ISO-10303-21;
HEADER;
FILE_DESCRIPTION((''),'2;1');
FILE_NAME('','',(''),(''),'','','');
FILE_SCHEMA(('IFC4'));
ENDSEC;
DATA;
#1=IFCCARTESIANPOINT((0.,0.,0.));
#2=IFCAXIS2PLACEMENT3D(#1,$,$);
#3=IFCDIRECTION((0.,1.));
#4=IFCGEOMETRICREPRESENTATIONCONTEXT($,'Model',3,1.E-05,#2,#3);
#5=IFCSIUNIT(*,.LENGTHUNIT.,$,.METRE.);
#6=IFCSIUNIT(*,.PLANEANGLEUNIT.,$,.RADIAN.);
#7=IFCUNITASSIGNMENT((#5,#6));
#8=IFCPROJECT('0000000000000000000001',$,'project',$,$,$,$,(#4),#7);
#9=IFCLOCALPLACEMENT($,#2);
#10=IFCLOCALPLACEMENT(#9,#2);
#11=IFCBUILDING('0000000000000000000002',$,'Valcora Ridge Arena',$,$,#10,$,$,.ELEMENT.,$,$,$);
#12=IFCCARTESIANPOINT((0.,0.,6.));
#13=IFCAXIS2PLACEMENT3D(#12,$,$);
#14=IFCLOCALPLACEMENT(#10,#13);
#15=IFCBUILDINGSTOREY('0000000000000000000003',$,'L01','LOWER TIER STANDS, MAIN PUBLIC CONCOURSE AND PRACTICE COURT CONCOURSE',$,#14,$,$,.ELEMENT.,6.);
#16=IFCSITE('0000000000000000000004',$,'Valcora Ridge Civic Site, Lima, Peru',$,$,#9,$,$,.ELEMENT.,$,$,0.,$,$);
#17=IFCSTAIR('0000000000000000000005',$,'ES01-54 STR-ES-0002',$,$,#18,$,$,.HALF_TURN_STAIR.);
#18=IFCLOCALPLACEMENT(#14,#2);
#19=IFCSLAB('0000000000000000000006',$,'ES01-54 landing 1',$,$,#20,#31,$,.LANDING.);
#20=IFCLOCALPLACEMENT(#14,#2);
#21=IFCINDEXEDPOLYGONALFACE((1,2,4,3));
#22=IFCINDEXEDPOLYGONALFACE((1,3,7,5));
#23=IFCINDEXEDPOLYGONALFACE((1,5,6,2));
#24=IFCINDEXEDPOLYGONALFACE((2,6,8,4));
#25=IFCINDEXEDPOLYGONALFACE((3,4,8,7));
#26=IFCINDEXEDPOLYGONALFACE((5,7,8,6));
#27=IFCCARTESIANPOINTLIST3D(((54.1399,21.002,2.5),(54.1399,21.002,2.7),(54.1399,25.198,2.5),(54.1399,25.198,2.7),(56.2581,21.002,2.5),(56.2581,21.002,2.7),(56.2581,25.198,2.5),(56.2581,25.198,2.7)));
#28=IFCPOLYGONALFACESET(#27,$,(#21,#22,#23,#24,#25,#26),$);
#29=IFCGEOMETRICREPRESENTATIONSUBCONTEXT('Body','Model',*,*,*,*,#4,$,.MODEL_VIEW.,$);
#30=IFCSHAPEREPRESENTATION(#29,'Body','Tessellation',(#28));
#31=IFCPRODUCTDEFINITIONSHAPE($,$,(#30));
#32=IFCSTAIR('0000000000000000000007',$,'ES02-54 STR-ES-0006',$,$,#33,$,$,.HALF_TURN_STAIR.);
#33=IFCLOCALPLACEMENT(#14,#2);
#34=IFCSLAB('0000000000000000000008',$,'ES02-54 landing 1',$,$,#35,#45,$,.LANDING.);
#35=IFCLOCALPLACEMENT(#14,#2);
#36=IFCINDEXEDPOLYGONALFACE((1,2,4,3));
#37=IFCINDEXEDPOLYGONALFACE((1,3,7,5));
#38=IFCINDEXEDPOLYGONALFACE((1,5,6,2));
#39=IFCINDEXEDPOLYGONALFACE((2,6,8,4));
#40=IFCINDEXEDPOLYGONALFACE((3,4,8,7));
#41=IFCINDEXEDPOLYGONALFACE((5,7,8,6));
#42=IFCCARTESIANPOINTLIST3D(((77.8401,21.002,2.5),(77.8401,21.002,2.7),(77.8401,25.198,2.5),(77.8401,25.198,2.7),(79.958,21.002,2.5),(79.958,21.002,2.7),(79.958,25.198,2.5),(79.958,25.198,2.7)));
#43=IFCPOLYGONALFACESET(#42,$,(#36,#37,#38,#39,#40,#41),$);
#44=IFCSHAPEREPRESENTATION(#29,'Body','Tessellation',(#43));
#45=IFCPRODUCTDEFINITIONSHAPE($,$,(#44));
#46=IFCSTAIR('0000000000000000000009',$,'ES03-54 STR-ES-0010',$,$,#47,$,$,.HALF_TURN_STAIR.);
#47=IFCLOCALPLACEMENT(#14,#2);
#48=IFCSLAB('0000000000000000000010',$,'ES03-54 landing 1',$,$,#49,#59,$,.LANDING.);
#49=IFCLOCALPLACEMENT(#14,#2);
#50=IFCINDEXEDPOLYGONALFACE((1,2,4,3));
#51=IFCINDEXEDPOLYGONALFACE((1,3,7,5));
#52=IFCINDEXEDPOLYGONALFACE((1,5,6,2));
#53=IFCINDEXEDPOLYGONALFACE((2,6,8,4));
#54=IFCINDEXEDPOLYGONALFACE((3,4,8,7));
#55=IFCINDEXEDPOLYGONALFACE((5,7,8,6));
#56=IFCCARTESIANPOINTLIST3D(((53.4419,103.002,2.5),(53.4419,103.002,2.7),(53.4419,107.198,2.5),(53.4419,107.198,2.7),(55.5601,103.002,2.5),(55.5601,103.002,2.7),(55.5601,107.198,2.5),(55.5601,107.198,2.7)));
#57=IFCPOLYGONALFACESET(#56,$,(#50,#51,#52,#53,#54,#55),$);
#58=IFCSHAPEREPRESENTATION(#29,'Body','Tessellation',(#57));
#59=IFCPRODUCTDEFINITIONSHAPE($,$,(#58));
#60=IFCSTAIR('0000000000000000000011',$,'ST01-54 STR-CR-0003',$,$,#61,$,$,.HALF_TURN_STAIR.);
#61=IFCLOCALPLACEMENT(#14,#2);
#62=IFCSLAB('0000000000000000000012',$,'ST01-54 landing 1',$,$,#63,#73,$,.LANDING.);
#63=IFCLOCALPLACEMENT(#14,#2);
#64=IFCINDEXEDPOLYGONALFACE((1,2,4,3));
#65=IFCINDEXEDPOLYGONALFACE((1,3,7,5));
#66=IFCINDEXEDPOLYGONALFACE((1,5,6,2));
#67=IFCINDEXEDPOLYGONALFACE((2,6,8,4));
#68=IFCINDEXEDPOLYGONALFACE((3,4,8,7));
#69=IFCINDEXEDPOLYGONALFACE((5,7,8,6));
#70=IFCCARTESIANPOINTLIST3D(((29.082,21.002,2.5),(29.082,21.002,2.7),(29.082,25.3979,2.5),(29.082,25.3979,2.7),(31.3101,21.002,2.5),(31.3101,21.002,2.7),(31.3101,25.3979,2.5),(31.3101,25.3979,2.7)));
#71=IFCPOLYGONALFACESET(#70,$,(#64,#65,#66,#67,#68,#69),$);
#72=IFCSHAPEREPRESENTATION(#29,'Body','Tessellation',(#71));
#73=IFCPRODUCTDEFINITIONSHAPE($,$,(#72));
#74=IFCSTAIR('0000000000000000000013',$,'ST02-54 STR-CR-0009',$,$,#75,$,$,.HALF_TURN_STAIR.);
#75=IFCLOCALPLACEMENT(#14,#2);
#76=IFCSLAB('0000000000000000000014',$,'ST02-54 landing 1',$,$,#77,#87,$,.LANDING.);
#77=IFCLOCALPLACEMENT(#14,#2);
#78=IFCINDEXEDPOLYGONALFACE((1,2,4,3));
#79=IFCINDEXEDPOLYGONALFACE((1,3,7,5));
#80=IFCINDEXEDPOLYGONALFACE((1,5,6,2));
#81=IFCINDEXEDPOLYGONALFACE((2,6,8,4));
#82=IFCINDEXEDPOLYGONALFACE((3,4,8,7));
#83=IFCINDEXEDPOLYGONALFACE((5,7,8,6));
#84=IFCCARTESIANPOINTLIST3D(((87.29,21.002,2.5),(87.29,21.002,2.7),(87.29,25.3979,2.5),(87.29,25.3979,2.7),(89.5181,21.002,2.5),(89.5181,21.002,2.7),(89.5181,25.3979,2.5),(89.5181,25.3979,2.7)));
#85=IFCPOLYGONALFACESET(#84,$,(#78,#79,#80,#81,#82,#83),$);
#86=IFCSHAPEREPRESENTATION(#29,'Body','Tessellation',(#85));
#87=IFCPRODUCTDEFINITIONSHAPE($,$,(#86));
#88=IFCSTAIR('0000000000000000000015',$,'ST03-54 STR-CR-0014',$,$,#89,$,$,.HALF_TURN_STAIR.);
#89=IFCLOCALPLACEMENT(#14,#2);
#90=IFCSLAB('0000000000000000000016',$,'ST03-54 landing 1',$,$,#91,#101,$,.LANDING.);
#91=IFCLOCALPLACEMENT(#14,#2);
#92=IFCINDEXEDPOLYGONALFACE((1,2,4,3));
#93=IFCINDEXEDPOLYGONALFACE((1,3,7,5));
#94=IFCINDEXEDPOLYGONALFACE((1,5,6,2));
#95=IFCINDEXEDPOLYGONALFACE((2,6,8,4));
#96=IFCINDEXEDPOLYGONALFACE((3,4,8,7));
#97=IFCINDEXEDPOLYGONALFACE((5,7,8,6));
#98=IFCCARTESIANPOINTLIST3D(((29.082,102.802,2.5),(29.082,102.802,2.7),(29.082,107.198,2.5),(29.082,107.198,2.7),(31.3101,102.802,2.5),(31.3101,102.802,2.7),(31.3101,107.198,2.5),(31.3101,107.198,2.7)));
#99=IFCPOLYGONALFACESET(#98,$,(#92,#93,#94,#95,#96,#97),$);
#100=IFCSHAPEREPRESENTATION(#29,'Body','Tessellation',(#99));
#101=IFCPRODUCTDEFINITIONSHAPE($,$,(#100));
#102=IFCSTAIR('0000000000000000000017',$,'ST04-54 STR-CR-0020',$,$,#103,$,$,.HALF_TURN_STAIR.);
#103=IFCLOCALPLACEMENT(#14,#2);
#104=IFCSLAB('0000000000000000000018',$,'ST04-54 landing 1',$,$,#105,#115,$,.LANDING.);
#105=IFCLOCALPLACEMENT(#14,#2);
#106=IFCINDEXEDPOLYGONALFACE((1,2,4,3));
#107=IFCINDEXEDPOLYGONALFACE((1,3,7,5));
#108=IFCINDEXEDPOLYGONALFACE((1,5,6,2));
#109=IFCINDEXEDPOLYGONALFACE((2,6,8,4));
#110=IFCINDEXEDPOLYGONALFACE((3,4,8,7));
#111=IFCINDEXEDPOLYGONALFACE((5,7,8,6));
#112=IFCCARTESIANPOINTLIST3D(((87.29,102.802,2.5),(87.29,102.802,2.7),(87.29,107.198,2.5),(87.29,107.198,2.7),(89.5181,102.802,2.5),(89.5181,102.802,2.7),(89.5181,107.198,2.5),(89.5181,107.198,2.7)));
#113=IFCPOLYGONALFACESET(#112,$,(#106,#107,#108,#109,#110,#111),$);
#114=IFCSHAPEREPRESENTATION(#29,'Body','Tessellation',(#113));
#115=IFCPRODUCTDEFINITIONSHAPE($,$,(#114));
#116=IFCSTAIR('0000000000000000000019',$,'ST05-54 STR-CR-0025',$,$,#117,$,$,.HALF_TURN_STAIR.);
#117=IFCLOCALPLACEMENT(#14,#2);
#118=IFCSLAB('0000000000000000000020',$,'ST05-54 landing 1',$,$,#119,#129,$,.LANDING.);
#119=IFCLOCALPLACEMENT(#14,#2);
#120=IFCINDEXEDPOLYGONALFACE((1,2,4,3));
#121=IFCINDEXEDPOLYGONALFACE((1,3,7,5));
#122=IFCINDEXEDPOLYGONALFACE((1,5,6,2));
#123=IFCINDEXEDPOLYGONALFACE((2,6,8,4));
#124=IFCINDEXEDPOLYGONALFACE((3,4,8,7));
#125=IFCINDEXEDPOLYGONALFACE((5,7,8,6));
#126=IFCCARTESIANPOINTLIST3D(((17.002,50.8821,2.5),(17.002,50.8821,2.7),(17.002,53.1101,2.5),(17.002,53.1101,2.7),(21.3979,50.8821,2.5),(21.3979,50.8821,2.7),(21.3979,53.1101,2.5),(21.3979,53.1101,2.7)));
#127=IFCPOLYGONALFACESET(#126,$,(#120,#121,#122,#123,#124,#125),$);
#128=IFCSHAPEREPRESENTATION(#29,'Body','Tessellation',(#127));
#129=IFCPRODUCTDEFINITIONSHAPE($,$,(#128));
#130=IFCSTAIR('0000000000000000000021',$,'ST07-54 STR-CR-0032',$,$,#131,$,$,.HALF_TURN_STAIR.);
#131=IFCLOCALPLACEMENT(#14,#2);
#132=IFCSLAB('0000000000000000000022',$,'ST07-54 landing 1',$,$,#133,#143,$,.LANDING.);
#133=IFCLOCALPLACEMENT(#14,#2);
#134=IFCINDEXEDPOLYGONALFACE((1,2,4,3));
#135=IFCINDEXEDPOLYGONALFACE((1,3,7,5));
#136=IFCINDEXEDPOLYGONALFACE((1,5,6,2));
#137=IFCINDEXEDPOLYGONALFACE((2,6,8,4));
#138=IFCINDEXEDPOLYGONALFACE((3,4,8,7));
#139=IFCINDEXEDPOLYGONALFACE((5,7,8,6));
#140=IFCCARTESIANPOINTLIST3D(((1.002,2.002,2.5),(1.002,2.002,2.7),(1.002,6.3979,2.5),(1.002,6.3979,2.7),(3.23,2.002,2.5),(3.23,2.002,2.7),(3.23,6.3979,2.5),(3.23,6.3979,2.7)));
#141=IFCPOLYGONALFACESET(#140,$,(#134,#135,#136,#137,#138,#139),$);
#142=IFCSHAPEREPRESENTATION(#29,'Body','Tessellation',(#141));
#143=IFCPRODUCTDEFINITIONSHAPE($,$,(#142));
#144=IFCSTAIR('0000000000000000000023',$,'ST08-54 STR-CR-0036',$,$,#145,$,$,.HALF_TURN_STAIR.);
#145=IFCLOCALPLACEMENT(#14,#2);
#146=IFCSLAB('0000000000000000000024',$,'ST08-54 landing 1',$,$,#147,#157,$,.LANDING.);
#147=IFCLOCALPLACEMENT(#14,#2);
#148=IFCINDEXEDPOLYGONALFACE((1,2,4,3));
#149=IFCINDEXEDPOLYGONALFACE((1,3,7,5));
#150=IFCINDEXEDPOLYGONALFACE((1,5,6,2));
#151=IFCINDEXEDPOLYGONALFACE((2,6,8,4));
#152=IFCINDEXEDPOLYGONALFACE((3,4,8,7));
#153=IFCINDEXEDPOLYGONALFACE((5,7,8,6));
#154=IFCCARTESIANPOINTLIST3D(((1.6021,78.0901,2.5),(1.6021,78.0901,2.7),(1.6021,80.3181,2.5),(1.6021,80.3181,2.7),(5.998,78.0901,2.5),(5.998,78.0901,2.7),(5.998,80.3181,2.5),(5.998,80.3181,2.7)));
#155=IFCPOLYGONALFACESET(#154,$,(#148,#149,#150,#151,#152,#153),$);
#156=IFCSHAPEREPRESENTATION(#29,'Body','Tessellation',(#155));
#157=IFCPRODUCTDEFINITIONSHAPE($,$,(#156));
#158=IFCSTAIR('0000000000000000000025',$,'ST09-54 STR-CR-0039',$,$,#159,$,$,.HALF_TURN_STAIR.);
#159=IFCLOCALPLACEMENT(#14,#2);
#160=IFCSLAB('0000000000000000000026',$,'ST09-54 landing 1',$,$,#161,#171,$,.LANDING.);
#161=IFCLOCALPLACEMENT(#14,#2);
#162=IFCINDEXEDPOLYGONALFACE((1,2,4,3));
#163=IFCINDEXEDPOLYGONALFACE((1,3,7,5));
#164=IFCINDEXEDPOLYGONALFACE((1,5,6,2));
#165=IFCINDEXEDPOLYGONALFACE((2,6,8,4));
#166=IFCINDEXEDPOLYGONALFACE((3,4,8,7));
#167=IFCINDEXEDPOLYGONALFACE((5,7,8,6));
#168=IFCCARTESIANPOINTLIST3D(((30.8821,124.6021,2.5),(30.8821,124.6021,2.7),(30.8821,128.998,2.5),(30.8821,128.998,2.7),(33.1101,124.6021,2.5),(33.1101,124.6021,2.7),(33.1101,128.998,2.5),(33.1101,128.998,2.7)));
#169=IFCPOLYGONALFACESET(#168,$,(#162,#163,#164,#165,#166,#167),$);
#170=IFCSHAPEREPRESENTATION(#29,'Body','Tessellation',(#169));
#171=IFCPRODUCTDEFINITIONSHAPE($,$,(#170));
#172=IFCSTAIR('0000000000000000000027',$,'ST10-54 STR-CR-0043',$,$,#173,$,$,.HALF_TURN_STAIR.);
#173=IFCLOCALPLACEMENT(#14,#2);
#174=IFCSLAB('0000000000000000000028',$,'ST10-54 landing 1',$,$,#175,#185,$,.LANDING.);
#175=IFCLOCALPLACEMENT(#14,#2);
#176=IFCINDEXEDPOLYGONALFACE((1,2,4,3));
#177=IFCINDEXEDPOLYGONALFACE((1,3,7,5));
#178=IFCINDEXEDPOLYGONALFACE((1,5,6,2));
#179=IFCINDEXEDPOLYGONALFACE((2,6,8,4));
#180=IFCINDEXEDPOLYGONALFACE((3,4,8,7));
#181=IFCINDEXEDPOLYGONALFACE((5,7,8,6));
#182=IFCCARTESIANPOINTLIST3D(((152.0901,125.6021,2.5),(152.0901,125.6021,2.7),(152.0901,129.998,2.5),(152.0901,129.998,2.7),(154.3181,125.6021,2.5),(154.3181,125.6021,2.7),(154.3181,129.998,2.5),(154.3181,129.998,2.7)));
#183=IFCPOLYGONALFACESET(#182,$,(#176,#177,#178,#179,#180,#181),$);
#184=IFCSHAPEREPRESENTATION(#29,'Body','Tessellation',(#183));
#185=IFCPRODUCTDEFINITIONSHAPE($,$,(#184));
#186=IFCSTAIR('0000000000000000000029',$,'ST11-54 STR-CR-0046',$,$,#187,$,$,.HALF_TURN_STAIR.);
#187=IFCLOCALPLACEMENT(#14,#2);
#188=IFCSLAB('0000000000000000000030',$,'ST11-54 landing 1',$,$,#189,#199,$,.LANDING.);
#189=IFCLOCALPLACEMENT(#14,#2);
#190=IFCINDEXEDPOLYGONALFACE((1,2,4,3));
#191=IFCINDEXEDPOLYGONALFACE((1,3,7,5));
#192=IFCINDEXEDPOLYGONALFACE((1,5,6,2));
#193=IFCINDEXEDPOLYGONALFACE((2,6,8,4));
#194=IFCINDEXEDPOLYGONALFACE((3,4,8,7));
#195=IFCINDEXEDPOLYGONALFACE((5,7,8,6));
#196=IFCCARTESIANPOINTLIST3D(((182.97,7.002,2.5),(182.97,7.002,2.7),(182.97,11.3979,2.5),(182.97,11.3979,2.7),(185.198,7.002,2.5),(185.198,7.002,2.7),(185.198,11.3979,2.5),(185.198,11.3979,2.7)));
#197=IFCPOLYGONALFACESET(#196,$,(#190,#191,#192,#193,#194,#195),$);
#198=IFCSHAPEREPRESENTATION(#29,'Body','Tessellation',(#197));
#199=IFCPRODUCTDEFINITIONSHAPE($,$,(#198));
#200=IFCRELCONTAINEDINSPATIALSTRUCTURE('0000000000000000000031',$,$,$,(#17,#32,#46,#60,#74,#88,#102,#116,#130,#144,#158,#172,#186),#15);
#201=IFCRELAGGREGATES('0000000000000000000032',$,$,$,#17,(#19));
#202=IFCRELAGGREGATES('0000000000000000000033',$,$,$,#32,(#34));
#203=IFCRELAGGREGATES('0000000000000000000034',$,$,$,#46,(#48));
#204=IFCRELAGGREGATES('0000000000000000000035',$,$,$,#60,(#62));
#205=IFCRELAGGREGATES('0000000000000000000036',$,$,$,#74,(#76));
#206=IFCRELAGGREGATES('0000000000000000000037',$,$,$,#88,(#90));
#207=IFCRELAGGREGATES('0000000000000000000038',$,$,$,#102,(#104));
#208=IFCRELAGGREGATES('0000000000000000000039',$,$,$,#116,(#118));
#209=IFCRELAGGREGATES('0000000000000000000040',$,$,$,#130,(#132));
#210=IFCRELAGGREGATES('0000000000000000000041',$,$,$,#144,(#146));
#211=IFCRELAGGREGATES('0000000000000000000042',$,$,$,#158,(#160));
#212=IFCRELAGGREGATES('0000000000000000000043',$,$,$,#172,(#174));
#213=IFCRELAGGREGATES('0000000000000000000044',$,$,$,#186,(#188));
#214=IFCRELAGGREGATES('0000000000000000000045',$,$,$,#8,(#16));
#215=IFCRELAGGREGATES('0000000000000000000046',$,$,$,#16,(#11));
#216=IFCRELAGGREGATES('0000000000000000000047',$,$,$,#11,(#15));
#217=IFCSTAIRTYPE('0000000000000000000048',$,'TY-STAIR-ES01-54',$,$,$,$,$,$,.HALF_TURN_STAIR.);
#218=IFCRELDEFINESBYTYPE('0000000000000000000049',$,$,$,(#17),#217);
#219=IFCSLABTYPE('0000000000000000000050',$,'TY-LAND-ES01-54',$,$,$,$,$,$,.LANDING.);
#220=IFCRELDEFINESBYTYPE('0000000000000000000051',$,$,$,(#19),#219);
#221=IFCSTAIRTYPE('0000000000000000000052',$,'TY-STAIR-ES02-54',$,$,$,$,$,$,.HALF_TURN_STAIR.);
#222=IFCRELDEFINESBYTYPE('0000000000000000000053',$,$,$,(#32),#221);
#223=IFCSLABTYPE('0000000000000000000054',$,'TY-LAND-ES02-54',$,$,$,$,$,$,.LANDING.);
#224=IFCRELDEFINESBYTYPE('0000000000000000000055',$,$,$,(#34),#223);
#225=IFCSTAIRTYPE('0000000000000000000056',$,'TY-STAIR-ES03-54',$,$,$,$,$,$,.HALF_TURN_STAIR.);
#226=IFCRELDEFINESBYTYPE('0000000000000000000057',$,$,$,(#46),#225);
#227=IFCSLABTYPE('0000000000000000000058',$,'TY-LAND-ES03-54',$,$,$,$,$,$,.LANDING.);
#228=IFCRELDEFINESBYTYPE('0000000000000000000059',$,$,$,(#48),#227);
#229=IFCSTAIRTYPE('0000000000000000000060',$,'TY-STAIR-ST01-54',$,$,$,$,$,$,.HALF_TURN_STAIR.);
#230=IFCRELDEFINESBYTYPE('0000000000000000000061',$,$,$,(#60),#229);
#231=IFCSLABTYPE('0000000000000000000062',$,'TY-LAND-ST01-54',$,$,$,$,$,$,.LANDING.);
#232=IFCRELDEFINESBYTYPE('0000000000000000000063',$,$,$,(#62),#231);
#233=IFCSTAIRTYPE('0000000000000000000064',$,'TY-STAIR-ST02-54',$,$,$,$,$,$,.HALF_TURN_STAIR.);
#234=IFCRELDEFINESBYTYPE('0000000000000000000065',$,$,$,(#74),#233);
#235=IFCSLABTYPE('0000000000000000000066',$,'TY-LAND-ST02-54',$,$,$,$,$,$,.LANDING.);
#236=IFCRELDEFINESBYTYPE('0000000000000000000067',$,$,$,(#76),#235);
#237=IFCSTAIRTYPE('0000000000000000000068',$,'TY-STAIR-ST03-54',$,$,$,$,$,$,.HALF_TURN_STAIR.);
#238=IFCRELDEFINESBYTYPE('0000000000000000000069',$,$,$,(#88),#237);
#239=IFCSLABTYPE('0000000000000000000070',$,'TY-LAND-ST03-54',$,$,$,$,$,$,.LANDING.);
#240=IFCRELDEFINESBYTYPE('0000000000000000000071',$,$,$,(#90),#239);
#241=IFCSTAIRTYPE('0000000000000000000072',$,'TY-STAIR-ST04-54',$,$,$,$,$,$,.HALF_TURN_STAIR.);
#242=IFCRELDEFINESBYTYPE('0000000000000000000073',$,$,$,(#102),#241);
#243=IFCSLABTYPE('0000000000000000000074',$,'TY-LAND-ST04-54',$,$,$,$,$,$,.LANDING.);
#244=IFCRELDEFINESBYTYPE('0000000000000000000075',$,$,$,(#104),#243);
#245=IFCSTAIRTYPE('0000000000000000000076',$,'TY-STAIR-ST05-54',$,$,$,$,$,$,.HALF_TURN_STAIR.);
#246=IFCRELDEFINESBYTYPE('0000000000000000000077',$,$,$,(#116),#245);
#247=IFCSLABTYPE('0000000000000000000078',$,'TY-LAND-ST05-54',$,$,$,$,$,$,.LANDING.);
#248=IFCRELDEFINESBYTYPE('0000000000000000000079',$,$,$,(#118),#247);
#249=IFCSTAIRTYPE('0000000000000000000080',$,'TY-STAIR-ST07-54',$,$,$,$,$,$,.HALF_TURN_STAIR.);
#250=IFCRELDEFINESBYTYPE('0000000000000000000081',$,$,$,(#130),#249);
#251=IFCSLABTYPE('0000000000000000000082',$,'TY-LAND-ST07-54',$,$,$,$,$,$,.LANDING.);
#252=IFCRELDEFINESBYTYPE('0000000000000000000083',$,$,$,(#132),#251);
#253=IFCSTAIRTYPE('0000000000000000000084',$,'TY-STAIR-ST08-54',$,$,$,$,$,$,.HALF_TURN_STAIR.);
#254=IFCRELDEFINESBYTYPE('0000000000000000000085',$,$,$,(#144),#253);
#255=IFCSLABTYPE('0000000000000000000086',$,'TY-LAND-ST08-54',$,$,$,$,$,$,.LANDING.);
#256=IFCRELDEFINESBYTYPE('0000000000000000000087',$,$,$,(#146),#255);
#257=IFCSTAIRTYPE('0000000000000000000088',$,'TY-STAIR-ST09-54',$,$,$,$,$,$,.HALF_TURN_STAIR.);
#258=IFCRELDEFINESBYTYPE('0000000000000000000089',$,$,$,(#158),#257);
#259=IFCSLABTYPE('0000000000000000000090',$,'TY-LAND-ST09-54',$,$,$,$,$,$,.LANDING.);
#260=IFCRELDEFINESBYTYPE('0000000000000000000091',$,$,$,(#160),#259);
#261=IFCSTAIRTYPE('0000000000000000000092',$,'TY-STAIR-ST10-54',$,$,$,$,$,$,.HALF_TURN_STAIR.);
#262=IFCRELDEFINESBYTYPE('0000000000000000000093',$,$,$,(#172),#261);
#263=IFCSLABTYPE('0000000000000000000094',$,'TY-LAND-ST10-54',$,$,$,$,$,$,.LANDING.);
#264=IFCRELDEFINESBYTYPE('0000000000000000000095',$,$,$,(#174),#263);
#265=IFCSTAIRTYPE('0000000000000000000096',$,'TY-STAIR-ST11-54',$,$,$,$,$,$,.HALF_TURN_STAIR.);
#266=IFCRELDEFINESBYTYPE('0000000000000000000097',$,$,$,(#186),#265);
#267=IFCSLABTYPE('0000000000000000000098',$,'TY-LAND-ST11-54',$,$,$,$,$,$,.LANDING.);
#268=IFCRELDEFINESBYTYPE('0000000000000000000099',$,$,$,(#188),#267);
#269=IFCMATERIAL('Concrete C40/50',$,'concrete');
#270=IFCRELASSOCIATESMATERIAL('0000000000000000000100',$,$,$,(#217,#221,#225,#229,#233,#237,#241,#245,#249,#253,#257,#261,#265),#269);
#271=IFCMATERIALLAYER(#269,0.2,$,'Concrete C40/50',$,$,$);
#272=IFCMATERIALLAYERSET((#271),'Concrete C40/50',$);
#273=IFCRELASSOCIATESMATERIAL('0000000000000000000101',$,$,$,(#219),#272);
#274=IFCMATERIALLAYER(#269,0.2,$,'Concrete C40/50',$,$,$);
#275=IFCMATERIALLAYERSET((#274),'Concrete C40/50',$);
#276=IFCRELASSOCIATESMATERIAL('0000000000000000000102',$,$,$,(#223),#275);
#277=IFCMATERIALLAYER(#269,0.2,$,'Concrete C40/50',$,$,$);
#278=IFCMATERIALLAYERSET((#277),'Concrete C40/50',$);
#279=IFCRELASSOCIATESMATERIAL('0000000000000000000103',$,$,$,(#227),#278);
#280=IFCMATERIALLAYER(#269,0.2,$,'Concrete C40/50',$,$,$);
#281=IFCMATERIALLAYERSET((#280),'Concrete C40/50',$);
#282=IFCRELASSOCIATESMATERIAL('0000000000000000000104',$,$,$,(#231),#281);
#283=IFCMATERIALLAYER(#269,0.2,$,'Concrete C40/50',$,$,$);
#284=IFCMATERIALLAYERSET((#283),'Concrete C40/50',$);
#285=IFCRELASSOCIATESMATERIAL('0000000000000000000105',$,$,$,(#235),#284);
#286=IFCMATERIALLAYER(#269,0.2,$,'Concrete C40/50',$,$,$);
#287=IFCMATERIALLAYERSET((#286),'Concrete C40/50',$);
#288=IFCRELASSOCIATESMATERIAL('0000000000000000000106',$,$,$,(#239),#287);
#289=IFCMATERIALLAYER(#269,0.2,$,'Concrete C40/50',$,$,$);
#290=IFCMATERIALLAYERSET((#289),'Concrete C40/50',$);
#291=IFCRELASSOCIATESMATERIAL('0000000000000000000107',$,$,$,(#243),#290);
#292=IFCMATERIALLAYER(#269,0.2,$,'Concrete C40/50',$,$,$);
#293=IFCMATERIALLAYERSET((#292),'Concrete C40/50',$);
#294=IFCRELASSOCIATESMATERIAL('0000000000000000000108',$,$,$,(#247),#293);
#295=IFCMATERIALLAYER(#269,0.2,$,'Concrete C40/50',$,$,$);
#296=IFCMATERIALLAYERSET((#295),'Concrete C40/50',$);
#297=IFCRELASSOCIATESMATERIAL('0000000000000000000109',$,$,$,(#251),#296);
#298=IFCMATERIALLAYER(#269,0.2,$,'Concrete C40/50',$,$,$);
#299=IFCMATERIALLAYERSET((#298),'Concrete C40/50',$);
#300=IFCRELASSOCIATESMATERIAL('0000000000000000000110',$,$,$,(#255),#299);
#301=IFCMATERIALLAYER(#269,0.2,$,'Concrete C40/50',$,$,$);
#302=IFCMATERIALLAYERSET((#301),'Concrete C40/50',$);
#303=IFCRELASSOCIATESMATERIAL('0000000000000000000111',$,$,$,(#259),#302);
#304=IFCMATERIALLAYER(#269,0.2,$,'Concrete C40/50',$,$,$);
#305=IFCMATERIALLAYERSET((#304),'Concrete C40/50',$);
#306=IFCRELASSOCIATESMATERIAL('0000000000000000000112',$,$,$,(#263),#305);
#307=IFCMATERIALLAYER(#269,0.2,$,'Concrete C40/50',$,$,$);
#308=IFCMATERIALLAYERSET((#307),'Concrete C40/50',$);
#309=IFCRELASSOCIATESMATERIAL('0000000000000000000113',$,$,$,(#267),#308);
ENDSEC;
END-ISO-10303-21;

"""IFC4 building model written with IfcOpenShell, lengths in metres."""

from ifc_helpers import new_model, si_unit, direction, frame, origin, place, context, subcontext, project, spatial, polyline, outline, extrude, material, layer, layer_set, type_object, element, aggregate, save


model = new_model("IFC4")

# Units and contexts
model_context = context("Model", 3, precision=1e-05, world=origin(), true_north=direction((0.0, 1.0)))
body_context = subcontext(model_context, "Body", "Model", "MODEL_VIEW")
ifc_project = project(units=[si_unit("LENGTHUNIT", "METRE"), si_unit("PLANEANGLEUNIT", "RADIAN")], contexts=[model_context])

# Site, building, storey
site_placement = place(None, origin())
site = spatial("IfcSite", under=ifc_project, at=site_placement, Name="Valcora Ridge Civic Site, Lima, Peru", CompositionType="ELEMENT", RefElevation=0.0)
building_placement = place(site_placement, origin())
building = spatial("IfcBuilding", under=site, at=building_placement, Name="Valcora Ridge Arena", CompositionType="ELEMENT")
storey_placement = place(building_placement, frame((0.0, 0.0, 6.0)))
storey = spatial("IfcBuildingStorey", under=building, at=storey_placement, Name="L01", Description="LOWER TIER STANDS, MAIN PUBLIC CONCOURSE AND PRACTICE COURT CONCOURSE", CompositionType="ELEMENT", Elevation=6.0)

# Stairs, slabs
ifc_material_1 = material(Name="Concrete C40/50", Category="concrete")
stair_type_1 = type_object("IfcStairType", Name="TY-STAIR-ES01-54", PredefinedType="HALF_TURN_STAIR", material=ifc_material_1)
stair_1_placement = place(storey_placement, origin())
stair_1 = element("IfcStair", 1, at=stair_1_placement, inside=storey, type_object=stair_type_1, Name="ES01-54 STR-ES-0002", PredefinedType="HALF_TURN_STAIR")
ifc_layer_1 = layer(ifc_material_1, 0.2, Name="Concrete C40/50")
ifc_layer_set_1 = layer_set([ifc_layer_1], Name="Concrete C40/50")
slab_type_1 = type_object("IfcSlabType", Name="TY-LAND-ES01-54", PredefinedType="LANDING", material=ifc_layer_set_1)
slab_1_placement = place(storey_placement, frame((0.0, 0.0, 2.5)))
slab_1 = element("IfcSlab", 2, at=slab_1_placement, type_object=slab_type_1, Name="ES01-54 landing 1", PredefinedType="LANDING", context=body_context, shape_type="SweptSolid", body=[
    extrude(outline(polyline([(54.1399, 21.002), (56.2581, 21.002), (56.2581, 25.198), (54.1399, 25.198), (54.1399, 21.002)])), origin(), (0.0, 0.0, 1.0), 0.2),
])
aggregate(stair_1, [slab_1])
stair_type_2 = type_object("IfcStairType", Name="TY-STAIR-ES02-54", PredefinedType="HALF_TURN_STAIR", material=ifc_material_1)
stair_2_placement = place(storey_placement, origin())
stair_2 = element("IfcStair", 3, at=stair_2_placement, inside=storey, type_object=stair_type_2, Name="ES02-54 STR-ES-0006", PredefinedType="HALF_TURN_STAIR")
ifc_layer_2 = layer(ifc_material_1, 0.2, Name="Concrete C40/50")
ifc_layer_set_2 = layer_set([ifc_layer_2], Name="Concrete C40/50")
slab_type_2 = type_object("IfcSlabType", Name="TY-LAND-ES02-54", PredefinedType="LANDING", material=ifc_layer_set_2)
slab_2_placement = place(storey_placement, frame((0.0, 0.0, 2.5)))
slab_2 = element("IfcSlab", 4, at=slab_2_placement, type_object=slab_type_2, Name="ES02-54 landing 1", PredefinedType="LANDING", context=body_context, shape_type="SweptSolid", body=[
    extrude(outline(polyline([(77.8401, 21.002), (79.958, 21.002), (79.958, 25.198), (77.8401, 25.198), (77.8401, 21.002)])), origin(), (0.0, 0.0, 1.0), 0.2),
])
aggregate(stair_2, [slab_2])
stair_type_3 = type_object("IfcStairType", Name="TY-STAIR-ES03-54", PredefinedType="HALF_TURN_STAIR", material=ifc_material_1)
stair_3_placement = place(storey_placement, origin())
stair_3 = element("IfcStair", 5, at=stair_3_placement, inside=storey, type_object=stair_type_3, Name="ES03-54 STR-ES-0010", PredefinedType="HALF_TURN_STAIR")
ifc_layer_3 = layer(ifc_material_1, 0.2, Name="Concrete C40/50")
ifc_layer_set_3 = layer_set([ifc_layer_3], Name="Concrete C40/50")
slab_type_3 = type_object("IfcSlabType", Name="TY-LAND-ES03-54", PredefinedType="LANDING", material=ifc_layer_set_3)
slab_3_placement = place(storey_placement, frame((0.0, 0.0, 2.5)))
slab_3 = element("IfcSlab", 6, at=slab_3_placement, type_object=slab_type_3, Name="ES03-54 landing 1", PredefinedType="LANDING", context=body_context, shape_type="SweptSolid", body=[
    extrude(outline(polyline([(53.4419, 103.002), (55.5601, 103.002), (55.5601, 107.198), (53.4419, 107.198), (53.4419, 103.002)])), origin(), (0.0, 0.0, 1.0), 0.2),
])
aggregate(stair_3, [slab_3])
stair_type_4 = type_object("IfcStairType", Name="TY-STAIR-ST01-54", PredefinedType="HALF_TURN_STAIR", material=ifc_material_1)
stair_4_placement = place(storey_placement, origin())
stair_4 = element("IfcStair", 7, at=stair_4_placement, inside=storey, type_object=stair_type_4, Name="ST01-54 STR-CR-0003", PredefinedType="HALF_TURN_STAIR")
ifc_layer_4 = layer(ifc_material_1, 0.2, Name="Concrete C40/50")
ifc_layer_set_4 = layer_set([ifc_layer_4], Name="Concrete C40/50")
slab_type_4 = type_object("IfcSlabType", Name="TY-LAND-ST01-54", PredefinedType="LANDING", material=ifc_layer_set_4)
slab_4_placement = place(storey_placement, frame((0.0, 0.0, 2.5)))
slab_4 = element("IfcSlab", 8, at=slab_4_placement, type_object=slab_type_4, Name="ST01-54 landing 1", PredefinedType="LANDING", context=body_context, shape_type="SweptSolid", body=[
    extrude(outline(polyline([(29.082, 21.002), (31.3101, 21.002), (31.3101, 25.3979), (29.082, 25.3979), (29.082, 21.002)])), origin(), (0.0, 0.0, 1.0), 0.2),
])
aggregate(stair_4, [slab_4])
stair_type_5 = type_object("IfcStairType", Name="TY-STAIR-ST02-54", PredefinedType="HALF_TURN_STAIR", material=ifc_material_1)
stair_5_placement = place(storey_placement, origin())
stair_5 = element("IfcStair", 9, at=stair_5_placement, inside=storey, type_object=stair_type_5, Name="ST02-54 STR-CR-0009", PredefinedType="HALF_TURN_STAIR")
ifc_layer_5 = layer(ifc_material_1, 0.2, Name="Concrete C40/50")
ifc_layer_set_5 = layer_set([ifc_layer_5], Name="Concrete C40/50")
slab_type_5 = type_object("IfcSlabType", Name="TY-LAND-ST02-54", PredefinedType="LANDING", material=ifc_layer_set_5)
slab_5_placement = place(storey_placement, frame((0.0, 0.0, 2.5)))
slab_5 = element("IfcSlab", 10, at=slab_5_placement, type_object=slab_type_5, Name="ST02-54 landing 1", PredefinedType="LANDING", context=body_context, shape_type="SweptSolid", body=[
    extrude(outline(polyline([(87.29, 21.002), (89.5181, 21.002), (89.5181, 25.3979), (87.29, 25.3979), (87.29, 21.002)])), origin(), (0.0, 0.0, 1.0), 0.2),
])
aggregate(stair_5, [slab_5])
stair_type_6 = type_object("IfcStairType", Name="TY-STAIR-ST03-54", PredefinedType="HALF_TURN_STAIR", material=ifc_material_1)
stair_6_placement = place(storey_placement, origin())
stair_6 = element("IfcStair", 11, at=stair_6_placement, inside=storey, type_object=stair_type_6, Name="ST03-54 STR-CR-0014", PredefinedType="HALF_TURN_STAIR")
ifc_layer_6 = layer(ifc_material_1, 0.2, Name="Concrete C40/50")
ifc_layer_set_6 = layer_set([ifc_layer_6], Name="Concrete C40/50")
slab_type_6 = type_object("IfcSlabType", Name="TY-LAND-ST03-54", PredefinedType="LANDING", material=ifc_layer_set_6)
slab_6_placement = place(storey_placement, frame((0.0, 0.0, 2.5)))
slab_6 = element("IfcSlab", 12, at=slab_6_placement, type_object=slab_type_6, Name="ST03-54 landing 1", PredefinedType="LANDING", context=body_context, shape_type="SweptSolid", body=[
    extrude(outline(polyline([(29.082, 102.802), (31.3101, 102.802), (31.3101, 107.198), (29.082, 107.198), (29.082, 102.802)])), origin(), (0.0, 0.0, 1.0), 0.2),
])
aggregate(stair_6, [slab_6])
stair_type_7 = type_object("IfcStairType", Name="TY-STAIR-ST04-54", PredefinedType="HALF_TURN_STAIR", material=ifc_material_1)
stair_7_placement = place(storey_placement, origin())
stair_7 = element("IfcStair", 13, at=stair_7_placement, inside=storey, type_object=stair_type_7, Name="ST04-54 STR-CR-0020", PredefinedType="HALF_TURN_STAIR")
ifc_layer_7 = layer(ifc_material_1, 0.2, Name="Concrete C40/50")
ifc_layer_set_7 = layer_set([ifc_layer_7], Name="Concrete C40/50")
slab_type_7 = type_object("IfcSlabType", Name="TY-LAND-ST04-54", PredefinedType="LANDING", material=ifc_layer_set_7)
slab_7_placement = place(storey_placement, frame((0.0, 0.0, 2.5)))
slab_7 = element("IfcSlab", 14, at=slab_7_placement, type_object=slab_type_7, Name="ST04-54 landing 1", PredefinedType="LANDING", context=body_context, shape_type="SweptSolid", body=[
    extrude(outline(polyline([(87.29, 102.802), (89.5181, 102.802), (89.5181, 107.198), (87.29, 107.198), (87.29, 102.802)])), origin(), (0.0, 0.0, 1.0), 0.2),
])
aggregate(stair_7, [slab_7])
stair_type_8 = type_object("IfcStairType", Name="TY-STAIR-ST05-54", PredefinedType="HALF_TURN_STAIR", material=ifc_material_1)
stair_8_placement = place(storey_placement, origin())
stair_8 = element("IfcStair", 15, at=stair_8_placement, inside=storey, type_object=stair_type_8, Name="ST05-54 STR-CR-0025", PredefinedType="HALF_TURN_STAIR")
ifc_layer_8 = layer(ifc_material_1, 0.2, Name="Concrete C40/50")
ifc_layer_set_8 = layer_set([ifc_layer_8], Name="Concrete C40/50")
slab_type_8 = type_object("IfcSlabType", Name="TY-LAND-ST05-54", PredefinedType="LANDING", material=ifc_layer_set_8)
slab_8_placement = place(storey_placement, frame((0.0, 0.0, 2.5)))
slab_8 = element("IfcSlab", 16, at=slab_8_placement, type_object=slab_type_8, Name="ST05-54 landing 1", PredefinedType="LANDING", context=body_context, shape_type="SweptSolid", body=[
    extrude(outline(polyline([(17.002, 50.8821), (21.3979, 50.8821), (21.3979, 53.1101), (17.002, 53.1101), (17.002, 50.8821)])), origin(), (0.0, 0.0, 1.0), 0.2),
])
aggregate(stair_8, [slab_8])
stair_type_9 = type_object("IfcStairType", Name="TY-STAIR-ST07-54", PredefinedType="HALF_TURN_STAIR", material=ifc_material_1)
stair_9_placement = place(storey_placement, origin())
stair_9 = element("IfcStair", 17, at=stair_9_placement, inside=storey, type_object=stair_type_9, Name="ST07-54 STR-CR-0032", PredefinedType="HALF_TURN_STAIR")
ifc_layer_9 = layer(ifc_material_1, 0.2, Name="Concrete C40/50")
ifc_layer_set_9 = layer_set([ifc_layer_9], Name="Concrete C40/50")
slab_type_9 = type_object("IfcSlabType", Name="TY-LAND-ST07-54", PredefinedType="LANDING", material=ifc_layer_set_9)
slab_9_placement = place(storey_placement, frame((0.0, 0.0, 2.5)))
slab_9 = element("IfcSlab", 18, at=slab_9_placement, type_object=slab_type_9, Name="ST07-54 landing 1", PredefinedType="LANDING", context=body_context, shape_type="SweptSolid", body=[
    extrude(outline(polyline([(1.002, 2.002), (3.23, 2.002), (3.23, 6.3979), (1.002, 6.3979), (1.002, 2.002)])), origin(), (0.0, 0.0, 1.0), 0.2),
])
aggregate(stair_9, [slab_9])
stair_type_10 = type_object("IfcStairType", Name="TY-STAIR-ST08-54", PredefinedType="HALF_TURN_STAIR", material=ifc_material_1)
stair_10_placement = place(storey_placement, origin())
stair_10 = element("IfcStair", 19, at=stair_10_placement, inside=storey, type_object=stair_type_10, Name="ST08-54 STR-CR-0036", PredefinedType="HALF_TURN_STAIR")
ifc_layer_10 = layer(ifc_material_1, 0.2, Name="Concrete C40/50")
ifc_layer_set_10 = layer_set([ifc_layer_10], Name="Concrete C40/50")
slab_type_10 = type_object("IfcSlabType", Name="TY-LAND-ST08-54", PredefinedType="LANDING", material=ifc_layer_set_10)
slab_10_placement = place(storey_placement, frame((0.0, 0.0, 2.5)))
slab_10 = element("IfcSlab", 20, at=slab_10_placement, type_object=slab_type_10, Name="ST08-54 landing 1", PredefinedType="LANDING", context=body_context, shape_type="SweptSolid", body=[
    extrude(outline(polyline([(1.6021, 78.0901), (5.998, 78.0901), (5.998, 80.3181), (1.6021, 80.3181), (1.6021, 78.0901)])), origin(), (0.0, 0.0, 1.0), 0.2),
])
aggregate(stair_10, [slab_10])
stair_type_11 = type_object("IfcStairType", Name="TY-STAIR-ST09-54", PredefinedType="HALF_TURN_STAIR", material=ifc_material_1)
stair_11_placement = place(storey_placement, origin())
stair_11 = element("IfcStair", 21, at=stair_11_placement, inside=storey, type_object=stair_type_11, Name="ST09-54 STR-CR-0039", PredefinedType="HALF_TURN_STAIR")
ifc_layer_11 = layer(ifc_material_1, 0.2, Name="Concrete C40/50")
ifc_layer_set_11 = layer_set([ifc_layer_11], Name="Concrete C40/50")
slab_type_11 = type_object("IfcSlabType", Name="TY-LAND-ST09-54", PredefinedType="LANDING", material=ifc_layer_set_11)
slab_11_placement = place(storey_placement, frame((0.0, 0.0, 2.5)))
slab_11 = element("IfcSlab", 22, at=slab_11_placement, type_object=slab_type_11, Name="ST09-54 landing 1", PredefinedType="LANDING", context=body_context, shape_type="SweptSolid", body=[
    extrude(outline(polyline([(30.8821, 124.6021), (33.1101, 124.6021), (33.1101, 128.998), (30.8821, 128.998), (30.8821, 124.6021)])), origin(), (0.0, 0.0, 1.0), 0.2),
])
aggregate(stair_11, [slab_11])
stair_type_12 = type_object("IfcStairType", Name="TY-STAIR-ST10-54", PredefinedType="HALF_TURN_STAIR", material=ifc_material_1)
stair_12_placement = place(storey_placement, origin())
stair_12 = element("IfcStair", 23, at=stair_12_placement, inside=storey, type_object=stair_type_12, Name="ST10-54 STR-CR-0043", PredefinedType="HALF_TURN_STAIR")
ifc_layer_12 = layer(ifc_material_1, 0.2, Name="Concrete C40/50")
ifc_layer_set_12 = layer_set([ifc_layer_12], Name="Concrete C40/50")
slab_type_12 = type_object("IfcSlabType", Name="TY-LAND-ST10-54", PredefinedType="LANDING", material=ifc_layer_set_12)
slab_12_placement = place(storey_placement, frame((0.0, 0.0, 2.5)))
slab_12 = element("IfcSlab", 24, at=slab_12_placement, type_object=slab_type_12, Name="ST10-54 landing 1", PredefinedType="LANDING", context=body_context, shape_type="SweptSolid", body=[
    extrude(outline(polyline([(152.0901, 125.6021), (154.3181, 125.6021), (154.3181, 129.998), (152.0901, 129.998), (152.0901, 125.6021)])), origin(), (0.0, 0.0, 1.0), 0.2),
])
aggregate(stair_12, [slab_12])
stair_type_13 = type_object("IfcStairType", Name="TY-STAIR-ST11-54", PredefinedType="HALF_TURN_STAIR", material=ifc_material_1)
stair_13_placement = place(storey_placement, origin())
stair_13 = element("IfcStair", 25, at=stair_13_placement, inside=storey, type_object=stair_type_13, Name="ST11-54 STR-CR-0046", PredefinedType="HALF_TURN_STAIR")
ifc_layer_13 = layer(ifc_material_1, 0.2, Name="Concrete C40/50")
ifc_layer_set_13 = layer_set([ifc_layer_13], Name="Concrete C40/50")
slab_type_13 = type_object("IfcSlabType", Name="TY-LAND-ST11-54", PredefinedType="LANDING", material=ifc_layer_set_13)
slab_13_placement = place(storey_placement, frame((0.0, 0.0, 2.5)))
slab_13 = element("IfcSlab", 26, at=slab_13_placement, type_object=slab_type_13, Name="ST11-54 landing 1", PredefinedType="LANDING", context=body_context, shape_type="SweptSolid", body=[
    extrude(outline(polyline([(182.97, 7.002), (185.198, 7.002), (185.198, 11.3979), (182.97, 11.3979), (182.97, 7.002)])), origin(), (0.0, 0.0, 1.0), 0.2),
])
aggregate(stair_13, [slab_13])

save(model, "model.ifc")
